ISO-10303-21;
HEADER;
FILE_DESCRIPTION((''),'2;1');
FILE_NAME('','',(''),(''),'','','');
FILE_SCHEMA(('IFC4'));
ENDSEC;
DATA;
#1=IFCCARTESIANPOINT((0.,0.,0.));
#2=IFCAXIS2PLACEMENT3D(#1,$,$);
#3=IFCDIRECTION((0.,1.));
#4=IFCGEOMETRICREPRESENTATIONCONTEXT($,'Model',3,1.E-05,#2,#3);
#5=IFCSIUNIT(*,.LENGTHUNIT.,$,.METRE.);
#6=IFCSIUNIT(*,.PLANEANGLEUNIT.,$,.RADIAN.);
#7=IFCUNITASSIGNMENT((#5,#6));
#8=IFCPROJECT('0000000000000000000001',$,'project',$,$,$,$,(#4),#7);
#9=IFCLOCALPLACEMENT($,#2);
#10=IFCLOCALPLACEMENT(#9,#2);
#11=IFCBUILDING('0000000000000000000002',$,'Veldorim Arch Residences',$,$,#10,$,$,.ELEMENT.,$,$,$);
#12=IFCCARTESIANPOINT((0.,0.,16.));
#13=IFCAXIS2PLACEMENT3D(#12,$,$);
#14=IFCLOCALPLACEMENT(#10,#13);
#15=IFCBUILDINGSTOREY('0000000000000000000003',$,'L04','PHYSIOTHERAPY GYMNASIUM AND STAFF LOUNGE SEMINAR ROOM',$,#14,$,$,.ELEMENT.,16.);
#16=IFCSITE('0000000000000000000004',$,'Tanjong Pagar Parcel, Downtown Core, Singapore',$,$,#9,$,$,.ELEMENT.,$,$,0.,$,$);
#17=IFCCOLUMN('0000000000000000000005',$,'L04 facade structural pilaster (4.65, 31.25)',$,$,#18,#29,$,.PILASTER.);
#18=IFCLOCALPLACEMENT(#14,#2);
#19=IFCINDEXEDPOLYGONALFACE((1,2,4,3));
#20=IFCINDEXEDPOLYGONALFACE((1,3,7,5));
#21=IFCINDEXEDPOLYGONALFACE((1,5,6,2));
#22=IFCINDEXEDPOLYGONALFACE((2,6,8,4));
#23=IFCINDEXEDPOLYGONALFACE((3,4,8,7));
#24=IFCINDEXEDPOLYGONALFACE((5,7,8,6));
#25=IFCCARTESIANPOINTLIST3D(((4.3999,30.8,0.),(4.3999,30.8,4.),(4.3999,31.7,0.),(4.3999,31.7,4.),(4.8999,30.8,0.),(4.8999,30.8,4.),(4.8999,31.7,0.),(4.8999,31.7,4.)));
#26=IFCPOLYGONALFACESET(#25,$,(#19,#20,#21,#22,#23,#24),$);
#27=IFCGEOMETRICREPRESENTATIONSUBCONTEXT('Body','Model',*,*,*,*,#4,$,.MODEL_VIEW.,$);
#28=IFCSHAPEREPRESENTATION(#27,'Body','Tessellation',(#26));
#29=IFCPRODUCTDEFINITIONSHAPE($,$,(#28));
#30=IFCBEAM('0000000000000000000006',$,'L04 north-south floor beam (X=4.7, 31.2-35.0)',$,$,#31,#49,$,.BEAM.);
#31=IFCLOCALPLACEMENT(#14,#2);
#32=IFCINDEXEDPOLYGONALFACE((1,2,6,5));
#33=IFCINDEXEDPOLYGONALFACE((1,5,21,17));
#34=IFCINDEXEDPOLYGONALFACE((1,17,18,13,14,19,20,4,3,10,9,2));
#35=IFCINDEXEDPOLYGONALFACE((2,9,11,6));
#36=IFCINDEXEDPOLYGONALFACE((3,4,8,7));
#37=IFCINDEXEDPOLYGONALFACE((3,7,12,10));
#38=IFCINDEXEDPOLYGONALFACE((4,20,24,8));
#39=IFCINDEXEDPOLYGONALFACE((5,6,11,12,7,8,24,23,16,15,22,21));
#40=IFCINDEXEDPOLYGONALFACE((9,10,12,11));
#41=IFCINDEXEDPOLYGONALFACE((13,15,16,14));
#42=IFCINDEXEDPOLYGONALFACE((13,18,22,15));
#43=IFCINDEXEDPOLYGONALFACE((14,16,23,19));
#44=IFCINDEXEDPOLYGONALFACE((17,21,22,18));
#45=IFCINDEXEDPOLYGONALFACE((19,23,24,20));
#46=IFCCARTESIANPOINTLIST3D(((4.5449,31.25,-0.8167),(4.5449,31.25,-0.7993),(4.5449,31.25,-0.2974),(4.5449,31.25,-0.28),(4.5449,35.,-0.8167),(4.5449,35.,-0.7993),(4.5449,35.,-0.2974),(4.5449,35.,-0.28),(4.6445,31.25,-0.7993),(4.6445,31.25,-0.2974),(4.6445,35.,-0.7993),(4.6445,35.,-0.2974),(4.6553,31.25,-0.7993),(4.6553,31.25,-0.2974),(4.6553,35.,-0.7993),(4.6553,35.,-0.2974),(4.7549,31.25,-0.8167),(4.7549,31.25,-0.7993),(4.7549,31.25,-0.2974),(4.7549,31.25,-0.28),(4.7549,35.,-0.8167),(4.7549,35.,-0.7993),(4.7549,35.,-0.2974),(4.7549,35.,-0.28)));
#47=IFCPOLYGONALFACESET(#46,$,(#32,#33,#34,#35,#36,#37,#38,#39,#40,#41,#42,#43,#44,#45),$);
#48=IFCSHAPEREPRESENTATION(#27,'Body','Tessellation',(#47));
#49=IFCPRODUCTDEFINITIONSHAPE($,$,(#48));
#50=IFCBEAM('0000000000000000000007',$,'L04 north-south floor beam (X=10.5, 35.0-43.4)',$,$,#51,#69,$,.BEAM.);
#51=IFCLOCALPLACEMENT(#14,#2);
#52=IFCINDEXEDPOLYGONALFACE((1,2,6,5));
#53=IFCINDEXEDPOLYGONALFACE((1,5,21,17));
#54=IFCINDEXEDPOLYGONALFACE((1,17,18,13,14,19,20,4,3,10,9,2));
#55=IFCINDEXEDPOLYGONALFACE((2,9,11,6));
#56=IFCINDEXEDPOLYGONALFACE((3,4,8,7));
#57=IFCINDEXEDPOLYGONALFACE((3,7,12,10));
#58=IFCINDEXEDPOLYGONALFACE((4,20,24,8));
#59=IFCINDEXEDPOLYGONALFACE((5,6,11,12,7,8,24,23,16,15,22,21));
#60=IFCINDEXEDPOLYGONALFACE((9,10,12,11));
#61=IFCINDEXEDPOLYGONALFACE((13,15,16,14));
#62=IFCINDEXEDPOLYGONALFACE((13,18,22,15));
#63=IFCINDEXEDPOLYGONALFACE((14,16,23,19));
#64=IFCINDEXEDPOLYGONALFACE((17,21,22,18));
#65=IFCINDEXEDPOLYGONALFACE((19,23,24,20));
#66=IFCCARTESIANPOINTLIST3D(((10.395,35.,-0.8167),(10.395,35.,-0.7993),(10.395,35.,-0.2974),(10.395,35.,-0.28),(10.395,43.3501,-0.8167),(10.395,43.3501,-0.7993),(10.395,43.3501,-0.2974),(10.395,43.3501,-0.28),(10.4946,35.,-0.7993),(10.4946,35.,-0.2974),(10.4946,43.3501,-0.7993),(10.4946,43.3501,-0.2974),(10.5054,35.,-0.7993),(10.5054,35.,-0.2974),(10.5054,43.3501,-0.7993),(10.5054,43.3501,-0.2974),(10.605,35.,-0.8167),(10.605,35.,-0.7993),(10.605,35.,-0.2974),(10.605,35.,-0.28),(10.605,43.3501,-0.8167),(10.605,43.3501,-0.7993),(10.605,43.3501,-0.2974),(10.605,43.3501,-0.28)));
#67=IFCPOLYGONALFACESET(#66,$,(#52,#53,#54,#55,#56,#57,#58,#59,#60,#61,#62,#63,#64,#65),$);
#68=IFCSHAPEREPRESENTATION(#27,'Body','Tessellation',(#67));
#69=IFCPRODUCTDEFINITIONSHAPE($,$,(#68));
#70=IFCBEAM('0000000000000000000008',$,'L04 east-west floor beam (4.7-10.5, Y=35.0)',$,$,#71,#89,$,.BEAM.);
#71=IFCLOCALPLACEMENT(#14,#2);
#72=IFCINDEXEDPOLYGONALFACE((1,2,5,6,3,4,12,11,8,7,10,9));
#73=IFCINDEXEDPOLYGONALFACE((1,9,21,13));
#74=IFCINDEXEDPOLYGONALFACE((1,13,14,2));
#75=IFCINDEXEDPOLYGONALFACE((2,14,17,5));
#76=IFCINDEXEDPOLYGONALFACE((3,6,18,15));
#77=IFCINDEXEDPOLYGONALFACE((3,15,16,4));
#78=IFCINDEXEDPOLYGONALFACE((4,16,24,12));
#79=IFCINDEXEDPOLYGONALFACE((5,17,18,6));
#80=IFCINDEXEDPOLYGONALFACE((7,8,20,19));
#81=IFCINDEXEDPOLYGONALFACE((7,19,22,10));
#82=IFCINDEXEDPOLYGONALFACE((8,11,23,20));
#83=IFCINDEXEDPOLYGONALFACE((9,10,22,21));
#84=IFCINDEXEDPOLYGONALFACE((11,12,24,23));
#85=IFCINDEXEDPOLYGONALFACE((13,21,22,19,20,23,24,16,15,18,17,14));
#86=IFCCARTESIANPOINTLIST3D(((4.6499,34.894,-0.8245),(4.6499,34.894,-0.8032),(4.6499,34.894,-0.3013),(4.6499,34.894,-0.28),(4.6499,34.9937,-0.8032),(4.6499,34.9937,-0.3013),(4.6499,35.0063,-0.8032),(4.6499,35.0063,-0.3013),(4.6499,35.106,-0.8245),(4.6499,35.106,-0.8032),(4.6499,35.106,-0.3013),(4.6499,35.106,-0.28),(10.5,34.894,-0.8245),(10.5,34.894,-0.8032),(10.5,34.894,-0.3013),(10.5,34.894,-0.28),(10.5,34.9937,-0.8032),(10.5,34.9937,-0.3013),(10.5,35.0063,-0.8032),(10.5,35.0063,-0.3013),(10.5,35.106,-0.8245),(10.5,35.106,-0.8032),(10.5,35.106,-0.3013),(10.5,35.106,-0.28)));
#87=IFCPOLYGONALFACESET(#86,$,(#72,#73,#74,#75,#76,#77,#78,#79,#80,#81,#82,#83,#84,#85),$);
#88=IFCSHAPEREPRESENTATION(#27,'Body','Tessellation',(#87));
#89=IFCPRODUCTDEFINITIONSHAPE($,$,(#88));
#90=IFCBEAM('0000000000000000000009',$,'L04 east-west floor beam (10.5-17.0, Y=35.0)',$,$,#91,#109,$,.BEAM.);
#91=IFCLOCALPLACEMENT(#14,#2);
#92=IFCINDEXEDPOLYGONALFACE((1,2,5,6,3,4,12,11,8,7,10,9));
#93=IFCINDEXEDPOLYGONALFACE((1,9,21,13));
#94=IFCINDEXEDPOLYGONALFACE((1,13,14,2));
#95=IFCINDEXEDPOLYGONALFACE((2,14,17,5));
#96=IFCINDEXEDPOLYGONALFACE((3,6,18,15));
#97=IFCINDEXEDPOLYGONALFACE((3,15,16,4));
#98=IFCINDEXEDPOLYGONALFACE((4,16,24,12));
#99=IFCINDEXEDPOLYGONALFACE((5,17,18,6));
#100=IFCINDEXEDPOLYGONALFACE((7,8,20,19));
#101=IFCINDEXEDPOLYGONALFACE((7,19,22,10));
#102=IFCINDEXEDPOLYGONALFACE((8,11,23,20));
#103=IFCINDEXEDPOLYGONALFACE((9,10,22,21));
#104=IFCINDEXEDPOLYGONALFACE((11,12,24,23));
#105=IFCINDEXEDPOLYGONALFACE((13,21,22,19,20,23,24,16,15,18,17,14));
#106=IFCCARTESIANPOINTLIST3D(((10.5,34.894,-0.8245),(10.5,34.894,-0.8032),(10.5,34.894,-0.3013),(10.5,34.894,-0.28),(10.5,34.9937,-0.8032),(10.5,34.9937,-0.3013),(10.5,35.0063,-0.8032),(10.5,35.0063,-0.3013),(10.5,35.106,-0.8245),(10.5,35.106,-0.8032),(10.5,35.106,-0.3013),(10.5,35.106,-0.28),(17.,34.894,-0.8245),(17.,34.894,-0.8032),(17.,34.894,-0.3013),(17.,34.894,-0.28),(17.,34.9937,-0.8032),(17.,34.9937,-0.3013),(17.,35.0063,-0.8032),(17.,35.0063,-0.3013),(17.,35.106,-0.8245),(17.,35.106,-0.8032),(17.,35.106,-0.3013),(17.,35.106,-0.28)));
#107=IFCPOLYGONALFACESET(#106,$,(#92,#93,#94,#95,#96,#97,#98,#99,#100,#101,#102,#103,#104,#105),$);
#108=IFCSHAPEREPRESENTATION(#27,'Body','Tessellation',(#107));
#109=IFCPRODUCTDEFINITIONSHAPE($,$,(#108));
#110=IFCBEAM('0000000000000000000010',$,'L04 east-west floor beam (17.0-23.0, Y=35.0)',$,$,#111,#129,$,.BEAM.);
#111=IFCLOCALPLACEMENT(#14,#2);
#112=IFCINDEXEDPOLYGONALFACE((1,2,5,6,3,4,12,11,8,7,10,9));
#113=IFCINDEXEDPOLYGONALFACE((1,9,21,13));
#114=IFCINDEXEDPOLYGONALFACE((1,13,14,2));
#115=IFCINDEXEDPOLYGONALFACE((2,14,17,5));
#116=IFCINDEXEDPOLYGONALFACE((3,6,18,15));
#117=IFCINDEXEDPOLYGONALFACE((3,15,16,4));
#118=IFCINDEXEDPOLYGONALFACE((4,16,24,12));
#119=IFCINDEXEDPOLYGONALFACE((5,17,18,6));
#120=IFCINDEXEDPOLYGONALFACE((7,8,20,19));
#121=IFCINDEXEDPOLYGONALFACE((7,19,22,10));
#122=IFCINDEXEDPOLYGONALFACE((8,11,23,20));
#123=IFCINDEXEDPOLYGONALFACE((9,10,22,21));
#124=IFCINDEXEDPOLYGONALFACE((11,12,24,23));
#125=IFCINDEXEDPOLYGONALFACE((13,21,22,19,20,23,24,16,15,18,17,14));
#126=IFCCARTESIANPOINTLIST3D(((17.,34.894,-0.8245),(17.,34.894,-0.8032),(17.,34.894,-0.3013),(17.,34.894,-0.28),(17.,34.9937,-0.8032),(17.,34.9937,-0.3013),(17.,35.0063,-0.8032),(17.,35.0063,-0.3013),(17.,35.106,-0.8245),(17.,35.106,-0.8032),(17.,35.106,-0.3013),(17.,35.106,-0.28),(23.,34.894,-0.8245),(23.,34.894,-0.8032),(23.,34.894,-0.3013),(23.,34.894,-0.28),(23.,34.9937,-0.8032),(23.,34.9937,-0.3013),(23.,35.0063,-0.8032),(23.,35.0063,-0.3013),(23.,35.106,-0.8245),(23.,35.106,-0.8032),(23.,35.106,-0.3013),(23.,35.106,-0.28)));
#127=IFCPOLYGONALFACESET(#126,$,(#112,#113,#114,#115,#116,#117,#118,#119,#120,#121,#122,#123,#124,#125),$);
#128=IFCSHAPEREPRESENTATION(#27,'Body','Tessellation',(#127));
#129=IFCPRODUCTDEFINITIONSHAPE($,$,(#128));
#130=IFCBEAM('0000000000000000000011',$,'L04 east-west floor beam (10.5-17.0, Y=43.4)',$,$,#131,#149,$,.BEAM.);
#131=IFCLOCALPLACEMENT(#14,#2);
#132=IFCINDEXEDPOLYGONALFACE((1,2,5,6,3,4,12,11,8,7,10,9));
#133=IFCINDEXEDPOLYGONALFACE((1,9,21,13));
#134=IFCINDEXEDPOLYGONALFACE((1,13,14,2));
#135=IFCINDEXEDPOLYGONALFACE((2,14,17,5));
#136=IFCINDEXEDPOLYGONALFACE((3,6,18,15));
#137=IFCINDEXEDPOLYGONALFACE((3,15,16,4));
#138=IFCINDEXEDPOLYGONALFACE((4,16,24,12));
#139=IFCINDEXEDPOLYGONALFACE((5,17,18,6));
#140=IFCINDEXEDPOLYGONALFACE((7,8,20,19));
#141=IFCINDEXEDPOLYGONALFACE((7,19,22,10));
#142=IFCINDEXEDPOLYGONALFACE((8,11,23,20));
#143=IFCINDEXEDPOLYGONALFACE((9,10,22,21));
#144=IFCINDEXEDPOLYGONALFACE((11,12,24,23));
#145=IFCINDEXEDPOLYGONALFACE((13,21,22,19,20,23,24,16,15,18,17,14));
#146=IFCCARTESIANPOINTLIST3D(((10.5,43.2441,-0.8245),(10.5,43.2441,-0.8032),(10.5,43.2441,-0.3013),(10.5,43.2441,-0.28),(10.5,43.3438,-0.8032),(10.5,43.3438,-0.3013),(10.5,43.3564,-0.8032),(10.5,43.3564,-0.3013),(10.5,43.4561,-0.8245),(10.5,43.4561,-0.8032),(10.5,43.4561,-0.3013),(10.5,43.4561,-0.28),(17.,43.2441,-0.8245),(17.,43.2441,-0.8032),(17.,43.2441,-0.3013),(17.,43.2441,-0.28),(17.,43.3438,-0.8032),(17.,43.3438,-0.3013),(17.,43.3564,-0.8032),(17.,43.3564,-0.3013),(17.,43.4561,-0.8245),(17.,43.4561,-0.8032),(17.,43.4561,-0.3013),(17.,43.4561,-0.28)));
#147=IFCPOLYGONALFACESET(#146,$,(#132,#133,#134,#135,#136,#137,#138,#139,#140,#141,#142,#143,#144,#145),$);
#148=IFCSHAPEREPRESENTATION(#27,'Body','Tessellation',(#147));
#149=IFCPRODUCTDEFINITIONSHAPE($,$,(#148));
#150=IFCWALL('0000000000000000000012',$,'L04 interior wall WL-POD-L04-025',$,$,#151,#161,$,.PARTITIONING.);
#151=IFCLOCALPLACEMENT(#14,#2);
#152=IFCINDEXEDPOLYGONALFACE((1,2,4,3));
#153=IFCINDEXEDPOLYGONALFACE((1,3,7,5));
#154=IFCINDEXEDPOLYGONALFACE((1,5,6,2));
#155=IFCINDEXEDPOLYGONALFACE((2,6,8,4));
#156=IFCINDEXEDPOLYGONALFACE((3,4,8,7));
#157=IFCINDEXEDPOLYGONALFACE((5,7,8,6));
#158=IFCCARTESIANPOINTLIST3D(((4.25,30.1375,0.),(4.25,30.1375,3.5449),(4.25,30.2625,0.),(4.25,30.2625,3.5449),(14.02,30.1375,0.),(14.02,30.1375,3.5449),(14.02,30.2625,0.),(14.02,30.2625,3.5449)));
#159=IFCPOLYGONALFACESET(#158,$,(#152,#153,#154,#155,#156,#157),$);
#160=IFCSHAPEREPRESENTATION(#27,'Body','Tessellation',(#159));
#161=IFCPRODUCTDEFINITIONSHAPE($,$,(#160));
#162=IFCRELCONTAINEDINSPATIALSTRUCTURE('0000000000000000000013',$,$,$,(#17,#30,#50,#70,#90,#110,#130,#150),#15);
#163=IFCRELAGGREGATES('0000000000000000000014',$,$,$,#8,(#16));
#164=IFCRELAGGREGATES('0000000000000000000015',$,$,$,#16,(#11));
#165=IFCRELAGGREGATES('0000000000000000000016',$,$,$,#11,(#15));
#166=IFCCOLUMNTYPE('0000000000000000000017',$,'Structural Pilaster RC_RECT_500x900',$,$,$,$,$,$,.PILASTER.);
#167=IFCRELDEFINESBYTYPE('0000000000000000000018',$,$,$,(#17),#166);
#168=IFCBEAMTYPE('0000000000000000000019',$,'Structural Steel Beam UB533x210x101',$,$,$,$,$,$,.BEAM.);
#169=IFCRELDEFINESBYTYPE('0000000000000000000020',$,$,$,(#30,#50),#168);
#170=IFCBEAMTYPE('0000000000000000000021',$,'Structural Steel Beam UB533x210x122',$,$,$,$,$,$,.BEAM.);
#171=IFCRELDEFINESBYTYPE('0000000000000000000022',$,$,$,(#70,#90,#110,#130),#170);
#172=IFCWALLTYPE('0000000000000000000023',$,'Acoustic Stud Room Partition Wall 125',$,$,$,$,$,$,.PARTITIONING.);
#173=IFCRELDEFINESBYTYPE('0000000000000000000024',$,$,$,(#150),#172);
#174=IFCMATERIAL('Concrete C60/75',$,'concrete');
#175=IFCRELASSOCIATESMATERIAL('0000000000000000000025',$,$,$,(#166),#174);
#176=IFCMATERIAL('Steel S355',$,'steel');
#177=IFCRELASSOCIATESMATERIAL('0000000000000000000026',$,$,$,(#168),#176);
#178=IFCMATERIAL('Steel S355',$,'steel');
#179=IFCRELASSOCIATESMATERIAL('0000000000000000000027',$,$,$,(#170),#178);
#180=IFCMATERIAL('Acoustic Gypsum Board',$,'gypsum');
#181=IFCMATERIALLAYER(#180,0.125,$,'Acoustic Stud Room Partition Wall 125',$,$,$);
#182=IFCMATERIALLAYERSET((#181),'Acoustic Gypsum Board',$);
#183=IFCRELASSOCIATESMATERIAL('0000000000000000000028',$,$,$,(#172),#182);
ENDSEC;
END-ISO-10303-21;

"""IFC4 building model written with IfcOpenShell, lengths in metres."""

from ifc_helpers import new_model, si_unit, direction, frame, frame_2d, origin, origin_2d, place, context, subcontext, project, spatial, rectangle, i_section, extrude, material, layer, layer_set, material_profile, profile_set, type_object, element, save


model = new_model("IFC4")

# Units and contexts
model_context = context("Model", 3, precision=1e-05, world=origin(), true_north=direction((0.0, 1.0)))
body_context = subcontext(model_context, "Body", "Model", "MODEL_VIEW")
ifc_project = project(units=[si_unit("LENGTHUNIT", "METRE"), si_unit("PLANEANGLEUNIT", "RADIAN")], contexts=[model_context])

# Site, building, storey
site_placement = place(None, origin())
site = spatial("IfcSite", under=ifc_project, at=site_placement, Name="Tanjong Pagar Parcel, Downtown Core, Singapore", CompositionType="ELEMENT", RefElevation=0.0)
building_placement = place(site_placement, origin())
building = spatial("IfcBuilding", under=site, at=building_placement, Name="Veldorim Arch Residences", CompositionType="ELEMENT")
storey_placement = place(building_placement, frame((0.0, 0.0, 16.0)))
storey = spatial("IfcBuildingStorey", under=building, at=storey_placement, Name="L04", Description="PHYSIOTHERAPY GYMNASIUM AND STAFF LOUNGE SEMINAR ROOM", CompositionType="ELEMENT", Elevation=16.0)

# Column
ifc_material_1 = material(Name="Concrete C60/75", Category="concrete")
ifc_material_profile_1 = material_profile(ifc_material_1, rectangle(XDim=0.5, YDim=0.8999, at=origin_2d()), Name="RC_RECT_500x900")
ifc_profile_set_1 = profile_set([ifc_material_profile_1], Name="Concrete C60/75")
column_type_1 = type_object("IfcColumnType", Name="Structural Pilaster RC_RECT_500x900", PredefinedType="PILASTER", material=ifc_profile_set_1)
column_placement = place(storey_placement, frame((4.6499, 31.25, 0.0), z_axis=(0.0, 0.0, 1.0), x_axis=(1.0, 0.0, 0.0)))
element("IfcColumn", 1, at=column_placement, inside=storey, type_object=column_type_1, Name="L04 facade structural pilaster (4.65, 31.25)", PredefinedType="PILASTER", context=body_context, shape_type="SweptSolid", body=[
    extrude(rectangle(XDim=0.5, YDim=0.8999, at=origin_2d()), origin(), (0.0, 0.0, 1.0), 4.0),
])

# Beams
ifc_material_2 = material(Name="Steel S355", Category="steel")
ifc_material_profile_2 = material_profile(ifc_material_2, i_section(OverallWidth=0.21, OverallDepth=0.5366, WebThickness=0.0107, FlangeThickness=0.0173, at=origin_2d()), Name="UB533x210x101")
ifc_profile_set_2 = profile_set([ifc_material_profile_2], Name="Steel S355")
beam_type_1 = type_object("IfcBeamType", Name="Structural Steel Beam UB533x210x101", PredefinedType="BEAM", material=ifc_profile_set_2)
beam_1_placement = place(storey_placement, frame((4.6499, 31.25, -0.5483), z_axis=(0.0, 1.0, 0.0), x_axis=(-1.0, 0.0, 0.0)))
element("IfcBeam", 2, at=beam_1_placement, inside=storey, type_object=beam_type_1, Name="L04 north-south floor beam (X=4.7, 31.2-35.0)", PredefinedType="BEAM", context=body_context, shape_type="SweptSolid", body=[
    extrude(i_section(OverallWidth=0.21, OverallDepth=0.5366, WebThickness=0.0107, FlangeThickness=0.0173, at=origin_2d()), origin(), (0.0, 0.0, 1.0), 3.75),
])
beam_2_placement = place(storey_placement, frame((10.5, 35.0, -0.5483), z_axis=(0.0, 1.0, 0.0), x_axis=(-1.0, 0.0, 0.0)))
element("IfcBeam", 3, at=beam_2_placement, inside=storey, type_object=beam_type_1, Name="L04 north-south floor beam (X=10.5, 35.0-43.4)", PredefinedType="BEAM", context=body_context, shape_type="SweptSolid", body=[
    extrude(i_section(OverallWidth=0.21, OverallDepth=0.5366, WebThickness=0.0107, FlangeThickness=0.0173, at=origin_2d()), origin(), (0.0, 0.0, 1.0), 8.3501),
])
ifc_material_3 = material(Name="Steel S355", Category="steel")
ifc_material_profile_3 = material_profile(ifc_material_3, i_section(OverallWidth=0.2119, OverallDepth=0.5444, WebThickness=0.0127, FlangeThickness=0.0212, at=origin_2d()), Name="UB533x210x122")
ifc_profile_set_3 = profile_set([ifc_material_profile_3], Name="Steel S355")
beam_type_2 = type_object("IfcBeamType", Name="Structural Steel Beam UB533x210x122", PredefinedType="BEAM", material=ifc_profile_set_3)
beam_3_placement = place(storey_placement, frame((4.6499, 35.0, -0.5522), z_axis=(1.0, 0.0, 0.0), x_axis=(0.0, 1.0, 0.0)))
element("IfcBeam", 4, at=beam_3_placement, inside=storey, type_object=beam_type_2, Name="L04 east-west floor beam (4.7-10.5, Y=35.0)", PredefinedType="BEAM", context=body_context, shape_type="SweptSolid", body=[
    extrude(i_section(OverallWidth=0.2119, OverallDepth=0.5444, WebThickness=0.0127, FlangeThickness=0.0212, at=origin_2d()), origin(), (0.0, 0.0, 1.0), 5.8501),
])
beam_4_placement = place(storey_placement, frame((10.5, 35.0, -0.5522), z_axis=(1.0, 0.0, 0.0), x_axis=(0.0, 1.0, 0.0)))
element("IfcBeam", 5, at=beam_4_placement, inside=storey, type_object=beam_type_2, Name="L04 east-west floor beam (10.5-17.0, Y=35.0)", PredefinedType="BEAM", context=body_context, shape_type="SweptSolid", body=[
    extrude(i_section(OverallWidth=0.2119, OverallDepth=0.5444, WebThickness=0.0127, FlangeThickness=0.0212, at=origin_2d()), origin(), (0.0, 0.0, 1.0), 6.5),
])
beam_5_placement = place(storey_placement, frame((17.0, 35.0, -0.5522), z_axis=(1.0, 0.0, 0.0), x_axis=(0.0, 1.0, 0.0)))
element("IfcBeam", 6, at=beam_5_placement, inside=storey, type_object=beam_type_2, Name="L04 east-west floor beam (17.0-23.0, Y=35.0)", PredefinedType="BEAM", context=body_context, shape_type="SweptSolid", body=[
    extrude(i_section(OverallWidth=0.2119, OverallDepth=0.5444, WebThickness=0.0127, FlangeThickness=0.0212, at=origin_2d()), origin(), (0.0, 0.0, 1.0), 6.0),
])
beam_6_placement = place(storey_placement, frame((10.5, 43.3501, -0.5522), z_axis=(1.0, 0.0, 0.0), x_axis=(0.0, 1.0, 0.0)))
element("IfcBeam", 7, at=beam_6_placement, inside=storey, type_object=beam_type_2, Name="L04 east-west floor beam (10.5-17.0, Y=43.4)", PredefinedType="BEAM", context=body_context, shape_type="SweptSolid", body=[
    extrude(i_section(OverallWidth=0.2119, OverallDepth=0.5444, WebThickness=0.0127, FlangeThickness=0.0212, at=origin_2d()), origin(), (0.0, 0.0, 1.0), 6.5),
])

# Wall
ifc_material_4 = material(Name="Acoustic Gypsum Board", Category="gypsum")
ifc_layer_1 = layer(ifc_material_4, 0.125, Name="Acoustic Stud Room Partition Wall 125")
ifc_layer_set_1 = layer_set([ifc_layer_1], Name="Acoustic Gypsum Board")
wall_type_1 = type_object("IfcWallType", Name="Acoustic Stud Room Partition Wall 125", PredefinedType="PARTITIONING", material=ifc_layer_set_1)
wall_1_placement = place(storey_placement, frame((4.25, 30.2, 0.0), z_axis=(0.0, 0.0, 1.0), x_axis=(1.0, 0.0, 0.0)))
element("IfcWall", 8, at=wall_1_placement, inside=storey, type_object=wall_type_1, Name="L04 interior wall WL-POD-L04-025", PredefinedType="PARTITIONING", context=body_context, shape_type="SweptSolid", body=[
    extrude(rectangle(XDim=9.77, YDim=0.125, at=frame_2d((4.885, 0.0))), origin(), (0.0, 0.0, 1.0), 3.5449),
])

save(model, "model.ifc")
